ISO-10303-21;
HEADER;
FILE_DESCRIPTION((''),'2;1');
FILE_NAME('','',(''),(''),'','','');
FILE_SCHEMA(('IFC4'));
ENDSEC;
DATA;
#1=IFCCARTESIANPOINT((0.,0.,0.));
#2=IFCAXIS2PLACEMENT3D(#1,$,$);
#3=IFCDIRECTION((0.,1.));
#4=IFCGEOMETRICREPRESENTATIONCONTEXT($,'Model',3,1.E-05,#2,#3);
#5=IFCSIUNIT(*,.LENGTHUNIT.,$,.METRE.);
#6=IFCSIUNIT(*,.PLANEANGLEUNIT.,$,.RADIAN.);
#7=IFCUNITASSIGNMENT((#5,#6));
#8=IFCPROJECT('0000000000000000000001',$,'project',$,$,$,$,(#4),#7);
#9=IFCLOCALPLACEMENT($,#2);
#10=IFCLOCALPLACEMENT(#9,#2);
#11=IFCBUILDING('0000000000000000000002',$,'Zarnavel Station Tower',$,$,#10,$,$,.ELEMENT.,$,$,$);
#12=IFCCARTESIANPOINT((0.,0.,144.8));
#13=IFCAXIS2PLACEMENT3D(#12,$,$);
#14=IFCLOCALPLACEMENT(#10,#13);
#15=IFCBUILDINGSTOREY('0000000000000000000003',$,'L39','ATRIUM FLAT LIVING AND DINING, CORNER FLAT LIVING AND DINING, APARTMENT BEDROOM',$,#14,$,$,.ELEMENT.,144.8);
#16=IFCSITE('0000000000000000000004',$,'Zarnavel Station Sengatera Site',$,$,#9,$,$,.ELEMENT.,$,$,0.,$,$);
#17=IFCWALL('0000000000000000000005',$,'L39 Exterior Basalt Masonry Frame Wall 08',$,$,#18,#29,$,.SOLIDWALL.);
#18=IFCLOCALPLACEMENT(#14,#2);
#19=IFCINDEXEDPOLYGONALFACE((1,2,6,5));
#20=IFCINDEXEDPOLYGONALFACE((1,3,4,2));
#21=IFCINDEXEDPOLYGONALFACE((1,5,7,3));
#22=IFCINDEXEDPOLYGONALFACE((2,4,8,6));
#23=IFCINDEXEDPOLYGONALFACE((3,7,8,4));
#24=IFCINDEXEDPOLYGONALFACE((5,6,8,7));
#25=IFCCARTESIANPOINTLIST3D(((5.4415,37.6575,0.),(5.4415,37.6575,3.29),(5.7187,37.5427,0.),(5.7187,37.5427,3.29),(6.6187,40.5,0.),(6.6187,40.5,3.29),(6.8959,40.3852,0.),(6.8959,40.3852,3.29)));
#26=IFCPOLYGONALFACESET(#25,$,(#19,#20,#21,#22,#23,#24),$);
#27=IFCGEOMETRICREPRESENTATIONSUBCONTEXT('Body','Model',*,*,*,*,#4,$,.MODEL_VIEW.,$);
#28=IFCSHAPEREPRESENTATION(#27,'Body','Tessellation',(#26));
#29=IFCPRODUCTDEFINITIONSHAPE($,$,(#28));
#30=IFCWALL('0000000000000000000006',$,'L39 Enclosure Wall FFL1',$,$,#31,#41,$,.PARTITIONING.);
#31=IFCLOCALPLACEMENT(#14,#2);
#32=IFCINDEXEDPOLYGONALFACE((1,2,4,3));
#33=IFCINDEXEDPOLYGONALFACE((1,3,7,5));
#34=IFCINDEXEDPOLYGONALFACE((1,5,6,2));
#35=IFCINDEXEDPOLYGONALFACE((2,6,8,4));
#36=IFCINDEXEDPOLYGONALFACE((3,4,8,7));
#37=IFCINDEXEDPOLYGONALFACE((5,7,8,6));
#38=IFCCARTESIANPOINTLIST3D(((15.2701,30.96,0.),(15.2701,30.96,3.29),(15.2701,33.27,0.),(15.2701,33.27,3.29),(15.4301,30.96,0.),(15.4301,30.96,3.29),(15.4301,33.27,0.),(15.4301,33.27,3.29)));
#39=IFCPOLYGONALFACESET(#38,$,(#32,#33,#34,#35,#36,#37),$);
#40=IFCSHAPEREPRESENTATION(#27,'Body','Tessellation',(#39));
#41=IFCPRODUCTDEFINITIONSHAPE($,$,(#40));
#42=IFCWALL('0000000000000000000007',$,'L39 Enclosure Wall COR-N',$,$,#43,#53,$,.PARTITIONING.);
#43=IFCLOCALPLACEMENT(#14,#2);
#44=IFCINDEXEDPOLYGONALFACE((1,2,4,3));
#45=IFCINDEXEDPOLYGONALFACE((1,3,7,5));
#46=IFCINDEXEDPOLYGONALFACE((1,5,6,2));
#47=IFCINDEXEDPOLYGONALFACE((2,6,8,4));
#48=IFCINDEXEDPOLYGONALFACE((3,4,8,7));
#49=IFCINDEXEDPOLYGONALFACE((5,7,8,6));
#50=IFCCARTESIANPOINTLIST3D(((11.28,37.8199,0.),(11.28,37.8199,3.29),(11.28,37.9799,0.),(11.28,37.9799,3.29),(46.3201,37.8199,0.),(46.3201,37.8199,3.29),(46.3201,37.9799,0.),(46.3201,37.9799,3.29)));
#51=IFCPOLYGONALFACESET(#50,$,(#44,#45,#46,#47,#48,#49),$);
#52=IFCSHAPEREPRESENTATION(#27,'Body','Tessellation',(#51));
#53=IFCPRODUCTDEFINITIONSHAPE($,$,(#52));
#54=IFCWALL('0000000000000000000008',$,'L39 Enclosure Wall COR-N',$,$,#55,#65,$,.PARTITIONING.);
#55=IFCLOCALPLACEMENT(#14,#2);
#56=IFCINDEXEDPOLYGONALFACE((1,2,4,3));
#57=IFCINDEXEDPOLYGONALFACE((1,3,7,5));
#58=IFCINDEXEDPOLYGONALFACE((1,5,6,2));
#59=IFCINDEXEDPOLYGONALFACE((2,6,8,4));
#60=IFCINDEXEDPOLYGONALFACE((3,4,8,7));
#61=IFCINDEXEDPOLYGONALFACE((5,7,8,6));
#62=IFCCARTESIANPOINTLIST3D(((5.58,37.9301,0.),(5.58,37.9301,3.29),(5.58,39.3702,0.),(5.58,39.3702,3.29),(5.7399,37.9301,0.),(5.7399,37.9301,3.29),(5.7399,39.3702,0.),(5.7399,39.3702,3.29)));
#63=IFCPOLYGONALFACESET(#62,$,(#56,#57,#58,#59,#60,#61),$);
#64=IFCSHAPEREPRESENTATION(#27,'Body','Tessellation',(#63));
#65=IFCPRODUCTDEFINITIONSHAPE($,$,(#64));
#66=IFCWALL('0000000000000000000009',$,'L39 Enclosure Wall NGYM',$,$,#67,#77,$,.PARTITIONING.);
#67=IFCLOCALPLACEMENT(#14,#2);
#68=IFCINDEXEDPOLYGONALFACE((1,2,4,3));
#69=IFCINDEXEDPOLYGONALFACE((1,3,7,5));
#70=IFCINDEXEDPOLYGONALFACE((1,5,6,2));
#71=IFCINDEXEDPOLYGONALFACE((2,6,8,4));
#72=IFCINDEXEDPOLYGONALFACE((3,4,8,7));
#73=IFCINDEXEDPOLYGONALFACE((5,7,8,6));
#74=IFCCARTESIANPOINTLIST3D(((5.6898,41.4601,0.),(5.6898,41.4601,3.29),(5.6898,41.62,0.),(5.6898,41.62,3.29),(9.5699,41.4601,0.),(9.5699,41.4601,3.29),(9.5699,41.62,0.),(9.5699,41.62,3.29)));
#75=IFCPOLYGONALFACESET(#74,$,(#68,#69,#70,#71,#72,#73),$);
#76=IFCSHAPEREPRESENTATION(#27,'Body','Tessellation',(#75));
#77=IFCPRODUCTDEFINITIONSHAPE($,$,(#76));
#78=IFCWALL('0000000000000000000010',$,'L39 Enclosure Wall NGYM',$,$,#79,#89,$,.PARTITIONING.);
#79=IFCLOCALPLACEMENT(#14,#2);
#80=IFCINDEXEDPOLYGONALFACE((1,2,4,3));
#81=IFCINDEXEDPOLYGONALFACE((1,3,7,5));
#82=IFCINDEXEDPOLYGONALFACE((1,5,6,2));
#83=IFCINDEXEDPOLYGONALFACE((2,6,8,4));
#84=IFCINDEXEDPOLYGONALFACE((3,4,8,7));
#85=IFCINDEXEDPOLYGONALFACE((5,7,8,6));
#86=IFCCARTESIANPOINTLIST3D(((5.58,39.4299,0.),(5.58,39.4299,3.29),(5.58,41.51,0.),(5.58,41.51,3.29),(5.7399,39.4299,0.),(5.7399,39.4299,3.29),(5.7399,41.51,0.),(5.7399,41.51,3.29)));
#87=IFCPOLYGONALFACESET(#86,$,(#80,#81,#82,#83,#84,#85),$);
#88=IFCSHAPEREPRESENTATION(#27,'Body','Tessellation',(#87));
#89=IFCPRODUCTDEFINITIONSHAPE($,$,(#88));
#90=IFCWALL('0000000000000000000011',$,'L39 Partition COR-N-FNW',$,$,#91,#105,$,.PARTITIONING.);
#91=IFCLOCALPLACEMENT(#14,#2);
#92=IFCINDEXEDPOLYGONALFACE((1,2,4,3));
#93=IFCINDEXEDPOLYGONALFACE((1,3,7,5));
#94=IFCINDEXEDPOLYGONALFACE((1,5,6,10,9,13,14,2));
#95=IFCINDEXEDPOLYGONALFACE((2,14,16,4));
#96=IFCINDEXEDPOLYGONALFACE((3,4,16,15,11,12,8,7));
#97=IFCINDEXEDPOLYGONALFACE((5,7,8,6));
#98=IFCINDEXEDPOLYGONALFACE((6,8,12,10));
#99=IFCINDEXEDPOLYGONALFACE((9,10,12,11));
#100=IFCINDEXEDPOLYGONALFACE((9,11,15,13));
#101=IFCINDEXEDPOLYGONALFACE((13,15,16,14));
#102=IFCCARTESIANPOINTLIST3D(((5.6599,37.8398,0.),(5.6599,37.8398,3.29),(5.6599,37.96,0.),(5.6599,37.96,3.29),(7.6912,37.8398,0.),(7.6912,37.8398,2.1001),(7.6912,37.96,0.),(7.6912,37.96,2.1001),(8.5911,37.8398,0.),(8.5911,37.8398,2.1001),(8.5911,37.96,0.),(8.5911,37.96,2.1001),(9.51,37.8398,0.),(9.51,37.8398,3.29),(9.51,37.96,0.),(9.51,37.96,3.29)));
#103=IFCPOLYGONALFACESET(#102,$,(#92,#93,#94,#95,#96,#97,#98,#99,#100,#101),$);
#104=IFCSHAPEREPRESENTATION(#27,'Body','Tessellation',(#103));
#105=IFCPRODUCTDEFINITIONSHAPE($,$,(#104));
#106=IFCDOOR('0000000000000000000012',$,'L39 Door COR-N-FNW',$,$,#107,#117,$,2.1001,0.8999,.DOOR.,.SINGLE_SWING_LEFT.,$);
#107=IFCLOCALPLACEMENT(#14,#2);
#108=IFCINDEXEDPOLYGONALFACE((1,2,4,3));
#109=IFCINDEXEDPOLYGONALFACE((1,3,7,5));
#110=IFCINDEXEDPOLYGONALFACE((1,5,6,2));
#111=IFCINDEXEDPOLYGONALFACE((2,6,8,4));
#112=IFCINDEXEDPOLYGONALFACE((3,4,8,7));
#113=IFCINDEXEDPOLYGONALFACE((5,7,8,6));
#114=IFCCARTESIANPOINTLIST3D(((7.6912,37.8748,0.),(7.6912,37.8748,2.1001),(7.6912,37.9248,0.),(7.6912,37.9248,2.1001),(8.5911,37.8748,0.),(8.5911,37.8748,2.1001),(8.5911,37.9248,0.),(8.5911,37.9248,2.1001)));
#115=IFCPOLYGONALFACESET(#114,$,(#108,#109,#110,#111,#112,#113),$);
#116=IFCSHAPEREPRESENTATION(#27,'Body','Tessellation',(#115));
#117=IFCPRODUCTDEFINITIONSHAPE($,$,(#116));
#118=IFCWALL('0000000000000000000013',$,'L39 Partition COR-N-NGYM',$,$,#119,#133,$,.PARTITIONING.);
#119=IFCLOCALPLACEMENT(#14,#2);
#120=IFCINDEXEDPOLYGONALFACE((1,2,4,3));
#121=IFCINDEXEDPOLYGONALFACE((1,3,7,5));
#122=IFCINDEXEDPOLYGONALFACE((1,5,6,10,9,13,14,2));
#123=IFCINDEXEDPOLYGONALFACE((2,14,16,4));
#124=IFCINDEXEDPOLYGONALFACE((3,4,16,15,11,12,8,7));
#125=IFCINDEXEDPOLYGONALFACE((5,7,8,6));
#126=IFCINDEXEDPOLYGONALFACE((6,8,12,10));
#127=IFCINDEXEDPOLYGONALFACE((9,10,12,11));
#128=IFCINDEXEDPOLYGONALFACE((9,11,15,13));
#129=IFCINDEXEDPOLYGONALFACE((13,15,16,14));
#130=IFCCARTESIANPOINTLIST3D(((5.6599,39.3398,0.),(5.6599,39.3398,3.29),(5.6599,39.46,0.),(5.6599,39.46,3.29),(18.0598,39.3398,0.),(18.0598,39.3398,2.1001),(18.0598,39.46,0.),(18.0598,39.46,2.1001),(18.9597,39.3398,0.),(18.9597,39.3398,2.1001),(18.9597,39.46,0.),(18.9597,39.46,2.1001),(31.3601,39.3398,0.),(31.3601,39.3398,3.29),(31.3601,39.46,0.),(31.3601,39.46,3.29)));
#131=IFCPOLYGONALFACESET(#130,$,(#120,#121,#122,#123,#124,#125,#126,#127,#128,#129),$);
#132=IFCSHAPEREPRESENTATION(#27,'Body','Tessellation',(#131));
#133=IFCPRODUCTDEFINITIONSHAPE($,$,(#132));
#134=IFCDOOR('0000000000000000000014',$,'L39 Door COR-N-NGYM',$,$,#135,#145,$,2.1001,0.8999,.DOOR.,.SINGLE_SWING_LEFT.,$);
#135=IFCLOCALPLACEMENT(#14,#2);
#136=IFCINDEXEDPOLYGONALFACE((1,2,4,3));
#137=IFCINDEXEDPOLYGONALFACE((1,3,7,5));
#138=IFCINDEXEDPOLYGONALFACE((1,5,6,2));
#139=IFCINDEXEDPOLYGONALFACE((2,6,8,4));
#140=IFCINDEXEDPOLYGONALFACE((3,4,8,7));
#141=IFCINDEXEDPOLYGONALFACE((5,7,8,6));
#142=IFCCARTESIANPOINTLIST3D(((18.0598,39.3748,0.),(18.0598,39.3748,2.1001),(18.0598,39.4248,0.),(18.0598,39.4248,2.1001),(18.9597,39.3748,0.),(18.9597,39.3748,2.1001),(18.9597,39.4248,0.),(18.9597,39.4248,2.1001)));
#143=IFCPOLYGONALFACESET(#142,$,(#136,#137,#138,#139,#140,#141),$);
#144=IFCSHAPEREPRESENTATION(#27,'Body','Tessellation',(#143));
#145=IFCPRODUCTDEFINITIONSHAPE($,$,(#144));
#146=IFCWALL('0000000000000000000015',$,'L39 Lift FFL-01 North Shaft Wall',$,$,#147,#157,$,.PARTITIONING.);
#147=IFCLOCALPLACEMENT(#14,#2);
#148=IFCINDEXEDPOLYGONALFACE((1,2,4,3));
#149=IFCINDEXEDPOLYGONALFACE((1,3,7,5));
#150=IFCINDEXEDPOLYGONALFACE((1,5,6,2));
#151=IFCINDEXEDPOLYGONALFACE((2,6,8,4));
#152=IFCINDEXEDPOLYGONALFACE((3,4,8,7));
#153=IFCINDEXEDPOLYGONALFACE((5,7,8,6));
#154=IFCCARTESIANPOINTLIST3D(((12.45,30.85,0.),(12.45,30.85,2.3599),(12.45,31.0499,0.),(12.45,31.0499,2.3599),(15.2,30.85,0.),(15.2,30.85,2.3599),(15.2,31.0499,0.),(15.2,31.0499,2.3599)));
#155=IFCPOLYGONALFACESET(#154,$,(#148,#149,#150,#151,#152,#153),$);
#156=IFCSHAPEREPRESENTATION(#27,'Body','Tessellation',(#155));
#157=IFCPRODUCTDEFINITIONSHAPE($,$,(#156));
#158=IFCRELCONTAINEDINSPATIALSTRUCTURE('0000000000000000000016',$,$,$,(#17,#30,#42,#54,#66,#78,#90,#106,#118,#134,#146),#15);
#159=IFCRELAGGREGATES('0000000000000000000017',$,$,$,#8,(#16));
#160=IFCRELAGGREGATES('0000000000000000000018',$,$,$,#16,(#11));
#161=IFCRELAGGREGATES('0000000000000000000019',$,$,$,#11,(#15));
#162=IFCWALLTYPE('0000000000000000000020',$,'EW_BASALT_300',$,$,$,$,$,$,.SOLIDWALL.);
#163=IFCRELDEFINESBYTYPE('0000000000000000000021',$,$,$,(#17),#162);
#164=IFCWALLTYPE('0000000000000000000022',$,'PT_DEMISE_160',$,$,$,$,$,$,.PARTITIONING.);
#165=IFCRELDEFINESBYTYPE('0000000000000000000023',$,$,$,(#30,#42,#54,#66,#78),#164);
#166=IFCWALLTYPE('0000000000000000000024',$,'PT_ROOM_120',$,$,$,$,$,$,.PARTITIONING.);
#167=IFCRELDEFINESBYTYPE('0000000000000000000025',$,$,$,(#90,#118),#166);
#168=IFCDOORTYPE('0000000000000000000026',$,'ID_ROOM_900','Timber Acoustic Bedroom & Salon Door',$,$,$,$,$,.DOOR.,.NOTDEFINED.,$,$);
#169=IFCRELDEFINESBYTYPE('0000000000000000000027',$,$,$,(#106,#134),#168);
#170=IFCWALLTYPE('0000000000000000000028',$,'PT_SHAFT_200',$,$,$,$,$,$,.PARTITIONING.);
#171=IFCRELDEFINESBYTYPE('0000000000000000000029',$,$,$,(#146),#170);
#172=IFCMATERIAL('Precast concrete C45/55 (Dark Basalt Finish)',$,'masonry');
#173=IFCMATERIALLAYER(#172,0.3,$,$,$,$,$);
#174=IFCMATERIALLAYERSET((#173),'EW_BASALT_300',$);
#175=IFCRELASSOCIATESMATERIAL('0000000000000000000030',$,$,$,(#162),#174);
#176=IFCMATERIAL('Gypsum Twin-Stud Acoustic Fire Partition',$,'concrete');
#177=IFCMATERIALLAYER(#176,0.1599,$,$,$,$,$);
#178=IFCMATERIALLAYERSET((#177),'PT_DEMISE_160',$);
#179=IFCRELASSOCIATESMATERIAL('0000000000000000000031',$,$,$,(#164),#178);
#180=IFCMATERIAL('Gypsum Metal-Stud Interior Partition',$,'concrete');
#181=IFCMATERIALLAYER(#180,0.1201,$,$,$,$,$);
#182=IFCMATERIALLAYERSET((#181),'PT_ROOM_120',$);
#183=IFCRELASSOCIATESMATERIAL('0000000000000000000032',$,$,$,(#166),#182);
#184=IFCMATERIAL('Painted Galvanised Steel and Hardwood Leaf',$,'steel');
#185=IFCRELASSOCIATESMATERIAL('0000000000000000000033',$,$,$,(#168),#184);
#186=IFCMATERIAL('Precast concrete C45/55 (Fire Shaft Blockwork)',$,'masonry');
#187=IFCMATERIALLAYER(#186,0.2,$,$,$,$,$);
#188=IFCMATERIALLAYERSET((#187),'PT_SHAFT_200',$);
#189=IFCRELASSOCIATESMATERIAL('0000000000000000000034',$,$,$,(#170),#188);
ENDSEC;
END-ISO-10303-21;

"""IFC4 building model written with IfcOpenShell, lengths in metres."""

from ifc_helpers import new_model, si_unit, direction, frame, frame_2d, origin, place, context, subcontext, project, spatial, rectangle, extrude, material, layer, layer_set, type_object, element, fill, save


model = new_model("IFC4")

# Units and contexts
model_context = context("Model", 3, precision=1e-05, world=origin(), true_north=direction((0.0, 1.0)))
body_context = subcontext(model_context, "Body", "Model", "MODEL_VIEW")
ifc_project = project(units=[si_unit("LENGTHUNIT", "METRE"), si_unit("PLANEANGLEUNIT", "RADIAN")], contexts=[model_context])

# Site, building, storey
site_placement = place(None, origin())
site = spatial("IfcSite", under=ifc_project, at=site_placement, Name="Zarnavel Station Sengatera Site", CompositionType="ELEMENT", RefElevation=0.0)
building_placement = place(site_placement, origin())
building = spatial("IfcBuilding", under=site, at=building_placement, Name="Zarnavel Station Tower", CompositionType="ELEMENT")
storey_placement = place(building_placement, frame((0.0, 0.0, 144.8)))
storey = spatial("IfcBuildingStorey", under=building, at=storey_placement, Name="L39", Description="ATRIUM FLAT LIVING AND DINING, CORNER FLAT LIVING AND DINING, APARTMENT BEDROOM", CompositionType="ELEMENT", Elevation=144.8)

# Shared definitions
ifc_material_1 = material(Name="Precast concrete C45/55 (Dark Basalt Finish)", Category="masonry")
ifc_layer_1 = layer(ifc_material_1, 0.3)
ifc_layer_set_1 = layer_set([ifc_layer_1], Name="EW_BASALT_300")
wall_type_1 = type_object("IfcWallType", Name="EW_BASALT_300", PredefinedType="SOLIDWALL", material=ifc_layer_set_1)

# Walls
wall_1_placement = place(storey_placement, frame((5.5801, 37.6001, 0.0), z_axis=(0.0, 0.0, 1.0), x_axis=(0.382637, 0.923899, 0.0)))
element("IfcWall", 1, at=wall_1_placement, inside=storey, type_object=wall_type_1, Name="L39 Exterior Basalt Masonry Frame Wall 08", PredefinedType="SOLIDWALL", context=body_context, shape_type="SweptSolid", body=[
    extrude(rectangle(XDim=3.0767, YDim=0.3, at=frame_2d((1.5383, 0.0))), origin(), (0.0, 0.0, 1.0), 3.29),
])
ifc_material_2 = material(Name="Gypsum Twin-Stud Acoustic Fire Partition", Category="concrete")
ifc_layer_2 = layer(ifc_material_2, 0.1599)
ifc_layer_set_2 = layer_set([ifc_layer_2], Name="PT_DEMISE_160")
wall_type_2 = type_object("IfcWallType", Name="PT_DEMISE_160", PredefinedType="PARTITIONING", material=ifc_layer_set_2)
wall_2_placement = place(storey_placement, frame((15.3501, 30.96, 0.0), z_axis=(0.0, 0.0, 1.0), x_axis=(0.0, 1.0, 0.0)))
element("IfcWall", 2, at=wall_2_placement, inside=storey, type_object=wall_type_2, Name="L39 Enclosure Wall FFL1", PredefinedType="PARTITIONING", context=body_context, shape_type="SweptSolid", body=[
    extrude(rectangle(XDim=2.3101, YDim=0.1599, at=frame_2d((1.155, 0.0))), origin(), (0.0, 0.0, 1.0), 3.29),
])
wall_3_placement = place(storey_placement, frame((11.28, 37.8999, 0.0), z_axis=(0.0, 0.0, 1.0), x_axis=(1.0, 0.0, 0.0)))
element("IfcWall", 3, at=wall_3_placement, inside=storey, type_object=wall_type_2, Name="L39 Enclosure Wall COR-N", PredefinedType="PARTITIONING", context=body_context, shape_type="SweptSolid", body=[
    extrude(rectangle(XDim=35.04, YDim=0.1599, at=frame_2d((17.52, 0.0))), origin(), (0.0, 0.0, 1.0), 3.29),
])
wall_4_placement = place(storey_placement, frame((5.6599, 37.9299, 0.0), z_axis=(0.0, 0.0, 1.0), x_axis=(0.0, 1.0, 0.0)))
element("IfcWall", 4, at=wall_4_placement, inside=storey, type_object=wall_type_2, Name="L39 Enclosure Wall COR-N", PredefinedType="PARTITIONING", context=body_context, shape_type="SweptSolid", body=[
    extrude(rectangle(XDim=1.4402, YDim=0.1599, at=frame_2d((0.7202, 0.0))), origin(), (0.0, 0.0, 1.0), 3.29),
])
wall_5_placement = place(storey_placement, frame((5.6899, 41.54, 0.0), z_axis=(0.0, 0.0, 1.0), x_axis=(1.0, 0.0, 0.0)))
element("IfcWall", 5, at=wall_5_placement, inside=storey, type_object=wall_type_2, Name="L39 Enclosure Wall NGYM", PredefinedType="PARTITIONING", context=body_context, shape_type="SweptSolid", body=[
    extrude(rectangle(XDim=3.8801, YDim=0.1599, at=frame_2d((1.9399, 0.0))), origin(), (0.0, 0.0, 1.0), 3.29),
])
wall_6_placement = place(storey_placement, frame((5.6599, 39.4299, 0.0), z_axis=(0.0, 0.0, 1.0), x_axis=(0.0, 1.0, 0.0)))
element("IfcWall", 6, at=wall_6_placement, inside=storey, type_object=wall_type_2, Name="L39 Enclosure Wall NGYM", PredefinedType="PARTITIONING", context=body_context, shape_type="SweptSolid", body=[
    extrude(rectangle(XDim=2.0801, YDim=0.1599, at=frame_2d((1.04, 0.0))), origin(), (0.0, 0.0, 1.0), 3.29),
])

# Walls, openings, doors
ifc_material_3 = material(Name="Gypsum Metal-Stud Interior Partition", Category="concrete")
ifc_layer_3 = layer(ifc_material_3, 0.1201)
ifc_layer_set_3 = layer_set([ifc_layer_3], Name="PT_ROOM_120")
wall_type_3 = type_object("IfcWallType", Name="PT_ROOM_120", PredefinedType="PARTITIONING", material=ifc_layer_set_3)
wall_7_placement = place(storey_placement, frame((5.6599, 37.8999, 0.0), z_axis=(0.0, 0.0, 1.0), x_axis=(1.0, 0.0, 0.0)))
wall_7 = element("IfcWall", 7, at=wall_7_placement, inside=storey, type_object=wall_type_3, Name="L39 Partition COR-N-FNW", PredefinedType="PARTITIONING", context=body_context, shape_type="SweptSolid", body=[
    extrude(rectangle(XDim=3.8501, YDim=0.1201, at=frame_2d((1.925, 0.0))), origin(), (0.0, 0.0, 1.0), 3.29),
])
opening_1_placement = place(wall_7_placement, frame((2.0312, 0.0, 0.0)))
opening_1 = element("IfcOpeningElement", 8, at=opening_1_placement, cuts=wall_7, PredefinedType="OPENING", context=body_context, shape_type="SweptSolid", body=[
    extrude(rectangle(XDim=0.8999, YDim=2.1001, at=frame_2d((0.45, 1.05))), frame((0.0, 0.0701, 0.0), z_axis=(0.0, -1.0, 0.0), x_axis=(1.0, 0.0, 0.0)), (0.0, 0.0, 1.0), 0.1401),
])
ifc_material_4 = material(Name="Painted Galvanised Steel and Hardwood Leaf", Category="steel")
door_type_1 = type_object("IfcDoorType", Name="ID_ROOM_900", Description="Timber Acoustic Bedroom & Salon Door", OperationType="NOTDEFINED", PredefinedType="DOOR", material=ifc_material_4)
door_1_placement = place(opening_1_placement, origin())
door_1 = element("IfcDoor", 9, at=door_1_placement, inside=storey, type_object=door_type_1, Name="L39 Door COR-N-FNW", OperationType="SINGLE_SWING_LEFT", OverallHeight=2.1001, OverallWidth=0.8999, PredefinedType="DOOR", context=body_context, shape_type="SweptSolid", body=[
    extrude(rectangle(XDim=0.8999, YDim=2.1001, at=frame_2d((0.45, 1.05))), frame((0.0, 0.0249, 0.0), z_axis=(0.0, -1.0, 0.0), x_axis=(1.0, 0.0, 0.0)), (0.0, 0.0, 1.0), 0.05),
])
fill(opening_1, door_1)
wall_8_placement = place(storey_placement, frame((5.6599, 39.3999, 0.0), z_axis=(0.0, 0.0, 1.0), x_axis=(1.0, 0.0, 0.0)))
wall_8 = element("IfcWall", 10, at=wall_8_placement, inside=storey, type_object=wall_type_3, Name="L39 Partition COR-N-NGYM", PredefinedType="PARTITIONING", context=body_context, shape_type="SweptSolid", body=[
    extrude(rectangle(XDim=25.7002, YDim=0.1201, at=frame_2d((12.8501, 0.0))), origin(), (0.0, 0.0, 1.0), 3.29),
])
opening_2_placement = place(wall_8_placement, frame((12.3999, 0.0, 0.0)))
opening_2 = element("IfcOpeningElement", 11, at=opening_2_placement, cuts=wall_8, PredefinedType="OPENING", context=body_context, shape_type="SweptSolid", body=[
    extrude(rectangle(XDim=0.8999, YDim=2.1001, at=frame_2d((0.45, 1.05))), frame((0.0, 0.0701, 0.0), z_axis=(0.0, -1.0, 0.0), x_axis=(1.0, 0.0, 0.0)), (0.0, 0.0, 1.0), 0.1401),
])
door_2_placement = place(opening_2_placement, origin())
door_2 = element("IfcDoor", 12, at=door_2_placement, inside=storey, type_object=door_type_1, Name="L39 Door COR-N-NGYM", OperationType="SINGLE_SWING_LEFT", OverallHeight=2.1001, OverallWidth=0.8999, PredefinedType="DOOR", context=body_context, shape_type="SweptSolid", body=[
    extrude(rectangle(XDim=0.8999, YDim=2.1001, at=frame_2d((0.45, 1.05))), frame((0.0, 0.0249, 0.0), z_axis=(0.0, -1.0, 0.0), x_axis=(1.0, 0.0, 0.0)), (0.0, 0.0, 1.0), 0.05),
])
fill(opening_2, door_2)
ifc_material_5 = material(Name="Precast concrete C45/55 (Fire Shaft Blockwork)", Category="masonry")
ifc_layer_4 = layer(ifc_material_5, 0.2)
ifc_layer_set_4 = layer_set([ifc_layer_4], Name="PT_SHAFT_200")
wall_type_4 = type_object("IfcWallType", Name="PT_SHAFT_200", PredefinedType="PARTITIONING", material=ifc_layer_set_4)

# Wall
wall_9_placement = place(storey_placement, frame((12.45, 30.95, 0.0), z_axis=(0.0, 0.0, 1.0), x_axis=(1.0, 0.0, 0.0)))
element("IfcWall", 13, at=wall_9_placement, inside=storey, type_object=wall_type_4, Name="L39 Lift FFL-01 North Shaft Wall", PredefinedType="PARTITIONING", context=body_context, shape_type="SweptSolid", body=[
    extrude(rectangle(XDim=2.75, YDim=0.2, at=frame_2d((1.375, 0.0))), origin(), (0.0, 0.0, 1.0), 2.3599),
])

save(model, "model.ifc")
